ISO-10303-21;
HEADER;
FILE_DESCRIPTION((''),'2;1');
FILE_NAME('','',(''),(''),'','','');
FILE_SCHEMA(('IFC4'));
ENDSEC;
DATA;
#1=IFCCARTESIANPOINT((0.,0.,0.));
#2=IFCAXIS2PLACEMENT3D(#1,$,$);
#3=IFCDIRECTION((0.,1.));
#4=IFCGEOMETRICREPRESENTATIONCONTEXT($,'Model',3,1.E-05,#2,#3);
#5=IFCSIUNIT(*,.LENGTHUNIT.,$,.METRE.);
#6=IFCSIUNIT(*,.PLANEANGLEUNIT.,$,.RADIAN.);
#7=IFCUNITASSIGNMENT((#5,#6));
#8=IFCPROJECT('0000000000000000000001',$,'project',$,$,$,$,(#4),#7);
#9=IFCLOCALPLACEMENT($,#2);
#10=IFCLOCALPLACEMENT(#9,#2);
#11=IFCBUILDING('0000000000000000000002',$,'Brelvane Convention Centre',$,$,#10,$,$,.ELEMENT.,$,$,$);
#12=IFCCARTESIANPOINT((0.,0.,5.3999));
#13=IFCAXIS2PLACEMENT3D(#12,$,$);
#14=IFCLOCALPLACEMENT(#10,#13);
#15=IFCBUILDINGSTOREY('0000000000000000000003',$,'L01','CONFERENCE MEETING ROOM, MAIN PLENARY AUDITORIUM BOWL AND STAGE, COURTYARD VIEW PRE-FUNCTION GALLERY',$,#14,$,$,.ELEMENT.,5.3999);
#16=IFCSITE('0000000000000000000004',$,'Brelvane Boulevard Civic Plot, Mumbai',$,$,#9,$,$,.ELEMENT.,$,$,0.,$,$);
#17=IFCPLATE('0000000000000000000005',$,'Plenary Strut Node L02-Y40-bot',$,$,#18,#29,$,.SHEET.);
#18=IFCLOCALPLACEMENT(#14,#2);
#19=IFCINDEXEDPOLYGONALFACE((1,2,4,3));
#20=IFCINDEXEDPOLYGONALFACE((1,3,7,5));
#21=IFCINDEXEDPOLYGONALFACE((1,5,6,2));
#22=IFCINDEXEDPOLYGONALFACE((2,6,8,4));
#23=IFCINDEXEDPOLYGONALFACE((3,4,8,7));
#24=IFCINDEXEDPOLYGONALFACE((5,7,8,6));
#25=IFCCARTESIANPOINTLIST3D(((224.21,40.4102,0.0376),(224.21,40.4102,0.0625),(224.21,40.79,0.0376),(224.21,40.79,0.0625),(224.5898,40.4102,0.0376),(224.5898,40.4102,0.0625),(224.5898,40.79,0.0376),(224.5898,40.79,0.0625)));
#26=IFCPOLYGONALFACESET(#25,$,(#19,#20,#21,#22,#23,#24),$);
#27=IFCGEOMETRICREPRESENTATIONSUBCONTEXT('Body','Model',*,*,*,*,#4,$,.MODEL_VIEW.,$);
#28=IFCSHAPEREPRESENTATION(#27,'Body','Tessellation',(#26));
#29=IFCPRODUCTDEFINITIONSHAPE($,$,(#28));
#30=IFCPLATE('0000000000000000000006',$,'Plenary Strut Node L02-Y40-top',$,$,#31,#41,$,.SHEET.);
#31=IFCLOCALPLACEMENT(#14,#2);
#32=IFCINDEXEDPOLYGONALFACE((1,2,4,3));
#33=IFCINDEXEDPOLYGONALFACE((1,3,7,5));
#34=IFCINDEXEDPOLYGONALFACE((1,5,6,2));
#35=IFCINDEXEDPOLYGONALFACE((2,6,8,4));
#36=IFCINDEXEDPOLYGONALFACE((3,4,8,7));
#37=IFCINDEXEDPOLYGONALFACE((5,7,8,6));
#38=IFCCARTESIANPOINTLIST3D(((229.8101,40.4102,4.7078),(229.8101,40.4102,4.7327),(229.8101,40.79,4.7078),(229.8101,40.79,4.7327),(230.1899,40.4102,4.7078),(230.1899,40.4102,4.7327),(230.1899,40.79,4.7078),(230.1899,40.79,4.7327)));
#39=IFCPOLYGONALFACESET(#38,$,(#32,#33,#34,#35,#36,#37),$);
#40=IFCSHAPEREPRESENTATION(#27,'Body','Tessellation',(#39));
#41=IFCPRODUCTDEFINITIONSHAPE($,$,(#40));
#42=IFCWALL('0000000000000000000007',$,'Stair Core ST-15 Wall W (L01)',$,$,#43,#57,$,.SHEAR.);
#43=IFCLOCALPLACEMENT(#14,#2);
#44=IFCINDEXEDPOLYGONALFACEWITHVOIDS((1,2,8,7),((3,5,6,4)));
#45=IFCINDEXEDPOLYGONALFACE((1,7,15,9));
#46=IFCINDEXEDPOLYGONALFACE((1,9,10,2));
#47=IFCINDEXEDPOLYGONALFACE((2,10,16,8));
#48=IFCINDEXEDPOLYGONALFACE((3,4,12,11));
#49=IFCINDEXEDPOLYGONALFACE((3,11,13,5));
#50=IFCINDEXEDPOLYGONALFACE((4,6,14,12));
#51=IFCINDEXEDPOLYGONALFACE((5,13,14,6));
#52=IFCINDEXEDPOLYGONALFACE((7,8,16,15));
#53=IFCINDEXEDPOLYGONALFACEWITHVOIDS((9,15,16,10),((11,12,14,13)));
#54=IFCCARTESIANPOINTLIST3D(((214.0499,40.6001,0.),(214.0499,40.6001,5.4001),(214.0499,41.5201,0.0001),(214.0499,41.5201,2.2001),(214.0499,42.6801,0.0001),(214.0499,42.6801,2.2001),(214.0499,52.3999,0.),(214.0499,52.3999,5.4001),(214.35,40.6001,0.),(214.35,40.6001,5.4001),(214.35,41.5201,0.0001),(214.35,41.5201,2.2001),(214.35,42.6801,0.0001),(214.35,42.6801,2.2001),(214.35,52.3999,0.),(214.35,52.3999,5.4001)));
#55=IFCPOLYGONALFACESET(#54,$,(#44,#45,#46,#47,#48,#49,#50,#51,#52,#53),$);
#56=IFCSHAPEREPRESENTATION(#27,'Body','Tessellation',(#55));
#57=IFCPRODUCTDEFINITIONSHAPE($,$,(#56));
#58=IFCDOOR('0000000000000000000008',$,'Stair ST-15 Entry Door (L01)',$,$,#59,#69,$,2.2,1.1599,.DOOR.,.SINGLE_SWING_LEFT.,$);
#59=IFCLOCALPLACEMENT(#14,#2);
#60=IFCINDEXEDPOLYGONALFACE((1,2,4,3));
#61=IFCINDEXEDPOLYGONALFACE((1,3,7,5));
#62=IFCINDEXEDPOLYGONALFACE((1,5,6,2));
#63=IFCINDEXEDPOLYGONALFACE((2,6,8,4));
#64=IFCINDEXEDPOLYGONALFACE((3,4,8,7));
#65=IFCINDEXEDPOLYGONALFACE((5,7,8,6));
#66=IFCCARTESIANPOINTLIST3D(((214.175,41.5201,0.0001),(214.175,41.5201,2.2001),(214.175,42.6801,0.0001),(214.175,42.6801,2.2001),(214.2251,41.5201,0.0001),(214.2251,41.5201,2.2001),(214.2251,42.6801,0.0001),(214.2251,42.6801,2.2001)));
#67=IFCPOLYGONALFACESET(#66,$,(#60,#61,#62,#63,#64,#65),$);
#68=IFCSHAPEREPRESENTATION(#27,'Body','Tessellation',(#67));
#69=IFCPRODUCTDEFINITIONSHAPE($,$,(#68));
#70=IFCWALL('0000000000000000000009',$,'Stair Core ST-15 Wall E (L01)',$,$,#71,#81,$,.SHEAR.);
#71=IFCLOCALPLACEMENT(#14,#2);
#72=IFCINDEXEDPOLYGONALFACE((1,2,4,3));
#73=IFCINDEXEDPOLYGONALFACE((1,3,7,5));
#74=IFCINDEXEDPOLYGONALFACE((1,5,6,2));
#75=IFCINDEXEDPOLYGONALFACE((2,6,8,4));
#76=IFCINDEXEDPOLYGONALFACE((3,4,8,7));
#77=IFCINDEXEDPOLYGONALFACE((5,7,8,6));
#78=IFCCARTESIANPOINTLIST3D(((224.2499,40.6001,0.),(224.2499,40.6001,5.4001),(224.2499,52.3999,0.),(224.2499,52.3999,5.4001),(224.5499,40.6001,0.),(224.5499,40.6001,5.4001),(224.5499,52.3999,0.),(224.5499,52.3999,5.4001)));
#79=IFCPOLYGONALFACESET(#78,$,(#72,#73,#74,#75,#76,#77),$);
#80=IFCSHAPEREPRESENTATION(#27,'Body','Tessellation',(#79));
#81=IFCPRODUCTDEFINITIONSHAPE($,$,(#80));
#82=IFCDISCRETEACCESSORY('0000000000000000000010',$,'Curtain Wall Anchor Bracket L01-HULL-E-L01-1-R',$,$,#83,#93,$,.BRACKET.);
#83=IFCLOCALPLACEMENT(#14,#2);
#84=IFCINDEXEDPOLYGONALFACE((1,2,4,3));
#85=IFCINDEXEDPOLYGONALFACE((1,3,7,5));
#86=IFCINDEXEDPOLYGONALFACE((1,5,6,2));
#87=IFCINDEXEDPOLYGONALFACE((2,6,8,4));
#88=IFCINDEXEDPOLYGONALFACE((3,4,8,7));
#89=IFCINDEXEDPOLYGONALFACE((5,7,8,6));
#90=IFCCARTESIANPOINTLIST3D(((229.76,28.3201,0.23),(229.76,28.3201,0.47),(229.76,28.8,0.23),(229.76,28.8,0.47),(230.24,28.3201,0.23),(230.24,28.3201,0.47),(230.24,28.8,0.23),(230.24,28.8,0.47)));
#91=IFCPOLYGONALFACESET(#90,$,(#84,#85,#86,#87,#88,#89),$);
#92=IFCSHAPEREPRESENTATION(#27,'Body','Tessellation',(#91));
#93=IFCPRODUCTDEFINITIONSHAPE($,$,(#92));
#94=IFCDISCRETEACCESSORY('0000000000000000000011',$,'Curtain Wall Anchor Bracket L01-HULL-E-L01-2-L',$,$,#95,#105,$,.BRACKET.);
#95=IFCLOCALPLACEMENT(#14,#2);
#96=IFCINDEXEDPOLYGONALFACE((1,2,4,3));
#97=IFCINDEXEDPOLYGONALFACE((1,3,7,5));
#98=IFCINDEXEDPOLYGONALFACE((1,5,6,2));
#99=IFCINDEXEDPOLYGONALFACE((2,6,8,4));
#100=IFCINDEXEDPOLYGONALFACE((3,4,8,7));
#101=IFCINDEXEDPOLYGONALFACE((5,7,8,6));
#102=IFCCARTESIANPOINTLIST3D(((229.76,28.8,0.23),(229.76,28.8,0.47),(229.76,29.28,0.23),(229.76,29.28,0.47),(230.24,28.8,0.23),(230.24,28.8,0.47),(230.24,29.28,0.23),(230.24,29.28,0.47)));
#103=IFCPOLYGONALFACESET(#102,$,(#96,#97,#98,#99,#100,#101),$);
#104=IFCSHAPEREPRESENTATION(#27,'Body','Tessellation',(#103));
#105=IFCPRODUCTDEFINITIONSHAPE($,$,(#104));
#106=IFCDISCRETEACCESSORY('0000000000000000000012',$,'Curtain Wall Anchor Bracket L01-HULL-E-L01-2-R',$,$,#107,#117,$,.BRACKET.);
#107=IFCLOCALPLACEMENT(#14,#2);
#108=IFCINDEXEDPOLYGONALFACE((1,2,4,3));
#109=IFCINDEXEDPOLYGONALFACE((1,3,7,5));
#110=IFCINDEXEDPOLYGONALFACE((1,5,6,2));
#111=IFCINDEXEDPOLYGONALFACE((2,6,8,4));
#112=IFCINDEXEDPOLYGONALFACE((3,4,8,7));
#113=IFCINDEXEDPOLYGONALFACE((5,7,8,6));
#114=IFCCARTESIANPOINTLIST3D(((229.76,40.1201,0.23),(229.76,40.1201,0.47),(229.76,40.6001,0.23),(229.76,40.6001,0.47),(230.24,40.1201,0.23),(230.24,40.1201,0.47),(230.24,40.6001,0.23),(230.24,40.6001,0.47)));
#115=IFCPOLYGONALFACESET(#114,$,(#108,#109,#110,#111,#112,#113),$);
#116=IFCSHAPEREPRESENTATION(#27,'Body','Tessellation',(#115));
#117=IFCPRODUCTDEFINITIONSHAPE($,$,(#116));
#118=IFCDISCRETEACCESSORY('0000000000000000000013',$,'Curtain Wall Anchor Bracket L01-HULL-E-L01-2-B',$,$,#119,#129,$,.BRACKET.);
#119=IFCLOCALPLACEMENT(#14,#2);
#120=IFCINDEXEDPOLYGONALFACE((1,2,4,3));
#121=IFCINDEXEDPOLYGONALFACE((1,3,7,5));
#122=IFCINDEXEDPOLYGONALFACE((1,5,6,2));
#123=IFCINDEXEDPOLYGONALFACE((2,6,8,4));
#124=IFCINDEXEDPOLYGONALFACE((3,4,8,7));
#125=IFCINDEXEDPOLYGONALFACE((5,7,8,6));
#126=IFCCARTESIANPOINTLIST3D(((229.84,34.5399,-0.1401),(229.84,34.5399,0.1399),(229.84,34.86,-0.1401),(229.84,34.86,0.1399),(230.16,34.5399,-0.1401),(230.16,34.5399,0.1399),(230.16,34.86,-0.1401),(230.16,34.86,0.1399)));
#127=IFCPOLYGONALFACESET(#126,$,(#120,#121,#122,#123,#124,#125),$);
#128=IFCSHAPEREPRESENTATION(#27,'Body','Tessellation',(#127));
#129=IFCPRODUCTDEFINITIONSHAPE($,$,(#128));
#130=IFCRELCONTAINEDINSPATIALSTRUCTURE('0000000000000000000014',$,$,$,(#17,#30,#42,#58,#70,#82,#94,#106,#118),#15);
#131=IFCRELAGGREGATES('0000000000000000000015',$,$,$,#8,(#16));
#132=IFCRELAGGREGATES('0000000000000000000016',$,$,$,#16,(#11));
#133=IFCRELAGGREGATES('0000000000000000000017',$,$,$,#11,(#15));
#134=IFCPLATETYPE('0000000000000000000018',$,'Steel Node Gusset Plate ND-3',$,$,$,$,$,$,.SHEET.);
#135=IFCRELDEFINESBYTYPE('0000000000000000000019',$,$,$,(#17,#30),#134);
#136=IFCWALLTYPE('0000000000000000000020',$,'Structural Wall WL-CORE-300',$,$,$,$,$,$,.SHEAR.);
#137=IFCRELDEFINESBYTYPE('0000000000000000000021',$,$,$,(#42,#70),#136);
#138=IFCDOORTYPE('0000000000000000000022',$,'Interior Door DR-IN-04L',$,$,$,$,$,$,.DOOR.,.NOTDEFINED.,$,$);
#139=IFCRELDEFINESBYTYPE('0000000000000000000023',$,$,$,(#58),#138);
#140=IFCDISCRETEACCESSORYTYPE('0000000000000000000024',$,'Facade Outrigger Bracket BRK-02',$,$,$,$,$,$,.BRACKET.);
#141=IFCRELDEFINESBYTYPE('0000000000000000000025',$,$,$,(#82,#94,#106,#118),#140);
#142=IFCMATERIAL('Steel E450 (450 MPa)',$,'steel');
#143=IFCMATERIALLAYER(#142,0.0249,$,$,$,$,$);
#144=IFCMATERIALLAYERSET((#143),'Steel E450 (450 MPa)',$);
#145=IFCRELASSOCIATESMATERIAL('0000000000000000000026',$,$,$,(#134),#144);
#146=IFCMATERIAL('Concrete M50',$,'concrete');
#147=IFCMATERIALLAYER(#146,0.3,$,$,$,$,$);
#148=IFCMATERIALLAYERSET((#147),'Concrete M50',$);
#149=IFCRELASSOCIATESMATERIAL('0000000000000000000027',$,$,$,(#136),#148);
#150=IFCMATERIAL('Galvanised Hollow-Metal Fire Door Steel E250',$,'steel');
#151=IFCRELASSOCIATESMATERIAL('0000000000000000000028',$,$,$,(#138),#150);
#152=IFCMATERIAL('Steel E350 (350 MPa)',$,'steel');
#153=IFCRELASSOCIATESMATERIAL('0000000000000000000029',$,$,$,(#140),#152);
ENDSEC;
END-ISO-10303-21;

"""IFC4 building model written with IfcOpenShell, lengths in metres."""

from ifc_helpers import new_model, si_unit, direction, frame, frame_2d, origin, origin_2d, place, context, subcontext, project, spatial, rectangle, extrude, material, layer, layer_set, type_object, element, fill, save


model = new_model("IFC4")

# Units and contexts
model_context = context("Model", 3, precision=1e-05, world=origin(), true_north=direction((0.0, 1.0)))
body_context = subcontext(model_context, "Body", "Model", "MODEL_VIEW")
ifc_project = project(units=[si_unit("LENGTHUNIT", "METRE"), si_unit("PLANEANGLEUNIT", "RADIAN")], contexts=[model_context])

# Site, building, storey
site_placement = place(None, origin())
site = spatial("IfcSite", under=ifc_project, at=site_placement, Name="Brelvane Boulevard Civic Plot, Mumbai", CompositionType="ELEMENT", RefElevation=0.0)
building_placement = place(site_placement, origin())
building = spatial("IfcBuilding", under=site, at=building_placement, Name="Brelvane Convention Centre", CompositionType="ELEMENT")
storey_placement = place(building_placement, frame((0.0, 0.0, 5.3999)))
storey = spatial("IfcBuildingStorey", under=building, at=storey_placement, Name="L01", Description="CONFERENCE MEETING ROOM, MAIN PLENARY AUDITORIUM BOWL AND STAGE, COURTYARD VIEW PRE-FUNCTION GALLERY", CompositionType="ELEMENT", Elevation=5.3999)

# Plates
ifc_material_1 = material(Name="Steel E450 (450 MPa)", Category="steel")
ifc_layer_1 = layer(ifc_material_1, 0.0249)
ifc_layer_set_1 = layer_set([ifc_layer_1], Name="Steel E450 (450 MPa)")
plate_type_1 = type_object("IfcPlateType", Name="Steel Node Gusset Plate ND-3", PredefinedType="SHEET", material=ifc_layer_set_1)
for number, where, z_axis, x_axis, name in (
    (1, (224.3999, 40.6001, 0.0376), (0.0, 0.0, 1.0), (1.0, 0.0, 0.0), "Plenary Strut Node L02-Y40-bot"),
    (2, (230.0, 40.6001, 4.7078), (0.0, 0.0, 1.0), (1.0, 0.0, 0.0), "Plenary Strut Node L02-Y40-top"),
):
    element("IfcPlate", number, at=place(storey_placement, frame(where, z_axis=z_axis, x_axis=x_axis)), inside=storey, type_object=plate_type_1, Name=name, PredefinedType="SHEET", context=body_context, shape_type="SweptSolid", body=[
        extrude(rectangle(XDim=0.3799, YDim=0.3799, at=origin_2d()), origin(), (0.0, 0.0, 1.0), 0.0249),
    ])

# Wall, opening, door
ifc_material_2 = material(Name="Concrete M50", Category="concrete")
ifc_layer_2 = layer(ifc_material_2, 0.3)
ifc_layer_set_2 = layer_set([ifc_layer_2], Name="Concrete M50")
wall_type = type_object("IfcWallType", Name="Structural Wall WL-CORE-300", PredefinedType="SHEAR", material=ifc_layer_set_2)
wall_1_placement = place(storey_placement, frame((214.2, 40.6001, 0.0), z_axis=(0.0, 0.0, 1.0), x_axis=(0.0, 1.0, 0.0)))
wall_1 = element("IfcWall", 3, at=wall_1_placement, inside=storey, type_object=wall_type, Name="Stair Core ST-15 Wall W (L01)", PredefinedType="SHEAR", context=body_context, shape_type="SweptSolid", body=[
    extrude(rectangle(XDim=11.7998, YDim=0.3, at=frame_2d((5.8999, 0.0))), origin(), (0.0, 0.0, 1.0), 5.4001),
])
opening_placement = place(wall_1_placement, frame((0.9199, 0.0, 0.0)))
opening = element("IfcOpeningElement", 4, at=opening_placement, cuts=wall_1, PredefinedType="OPENING", context=body_context, shape_type="SweptSolid", body=[
    extrude(rectangle(XDim=1.1599, YDim=2.2, at=frame_2d((0.5801, 1.1001))), frame((0.0, 0.1599, 0.0), z_axis=(0.0, -1.0, 0.0), x_axis=(1.0, 0.0, 0.0)), (0.0, 0.0, 1.0), 0.3201),
])
ifc_material_3 = material(Name="Galvanised Hollow-Metal Fire Door Steel E250", Category="steel")
door_type = type_object("IfcDoorType", Name="Interior Door DR-IN-04L", OperationType="NOTDEFINED", PredefinedType="DOOR", material=ifc_material_3)
door_placement = place(opening_placement, origin())
door = element("IfcDoor", 5, at=door_placement, inside=storey, type_object=door_type, Name="Stair ST-15 Entry Door (L01)", OperationType="SINGLE_SWING_LEFT", OverallHeight=2.2, OverallWidth=1.1599, PredefinedType="DOOR", context=body_context, shape_type="SweptSolid", body=[
    extrude(rectangle(XDim=1.1599, YDim=2.2, at=frame_2d((0.5801, 1.1001))), frame((0.0, 0.0249, 0.0), z_axis=(0.0, -1.0, 0.0), x_axis=(1.0, 0.0, 0.0)), (0.0, 0.0, 1.0), 0.05),
])
fill(opening, door)

# Wall
wall_2_placement = place(storey_placement, frame((224.3999, 40.6001, 0.0), z_axis=(0.0, 0.0, 1.0), x_axis=(0.0, 1.0, 0.0)))
element("IfcWall", 6, at=wall_2_placement, inside=storey, type_object=wall_type, Name="Stair Core ST-15 Wall E (L01)", PredefinedType="SHEAR", context=body_context, shape_type="SweptSolid", body=[
    extrude(rectangle(XDim=11.7998, YDim=0.3, at=frame_2d((5.8999, 0.0))), origin(), (0.0, 0.0, 1.0), 5.4001),
])

# Discrete accessories
ifc_material_4 = material(Name="Steel E350 (350 MPa)", Category="steel")
discrete_accessory_type = type_object("IfcDiscreteAccessoryType", Name="Facade Outrigger Bracket BRK-02", PredefinedType="BRACKET", material=ifc_material_4)
for number, where, z_axis, x_axis, name in (
    (7, (230.0, 28.5601, 0.23), (0.0, 0.0, 1.0), (1.0, 0.0, 0.0), "Curtain Wall Anchor Bracket L01-HULL-E-L01-1-R"),
    (8, (230.0, 29.04, 0.23), (0.0, 0.0, 1.0), (1.0, 0.0, 0.0), "Curtain Wall Anchor Bracket L01-HULL-E-L01-2-L"),
    (9, (230.0, 40.3601, 0.23), (0.0, 0.0, 1.0), (1.0, 0.0, 0.0), "Curtain Wall Anchor Bracket L01-HULL-E-L01-2-R"),
):
    element("IfcDiscreteAccessory", number, at=place(storey_placement, frame(where, z_axis=z_axis, x_axis=x_axis)), inside=storey, type_object=discrete_accessory_type, Name=name, PredefinedType="BRACKET", context=body_context, shape_type="SweptSolid", body=[
        extrude(rectangle(XDim=0.48, YDim=0.48, at=origin_2d()), origin(), (0.0, 0.0, 1.0), 0.24),
    ])
discrete_accessory_placement = place(storey_placement, frame((230.0, 34.7, -0.1401), z_axis=(0.0, 0.0, 1.0), x_axis=(1.0, 0.0, 0.0)))
element("IfcDiscreteAccessory", 10, at=discrete_accessory_placement, inside=storey, type_object=discrete_accessory_type, Name="Curtain Wall Anchor Bracket L01-HULL-E-L01-2-B", PredefinedType="BRACKET", context=body_context, shape_type="SweptSolid", body=[
    extrude(rectangle(XDim=0.3201, YDim=0.3201, at=origin_2d()), origin(), (0.0, 0.0, 1.0), 0.28),
])

save(model, "model.ifc")
